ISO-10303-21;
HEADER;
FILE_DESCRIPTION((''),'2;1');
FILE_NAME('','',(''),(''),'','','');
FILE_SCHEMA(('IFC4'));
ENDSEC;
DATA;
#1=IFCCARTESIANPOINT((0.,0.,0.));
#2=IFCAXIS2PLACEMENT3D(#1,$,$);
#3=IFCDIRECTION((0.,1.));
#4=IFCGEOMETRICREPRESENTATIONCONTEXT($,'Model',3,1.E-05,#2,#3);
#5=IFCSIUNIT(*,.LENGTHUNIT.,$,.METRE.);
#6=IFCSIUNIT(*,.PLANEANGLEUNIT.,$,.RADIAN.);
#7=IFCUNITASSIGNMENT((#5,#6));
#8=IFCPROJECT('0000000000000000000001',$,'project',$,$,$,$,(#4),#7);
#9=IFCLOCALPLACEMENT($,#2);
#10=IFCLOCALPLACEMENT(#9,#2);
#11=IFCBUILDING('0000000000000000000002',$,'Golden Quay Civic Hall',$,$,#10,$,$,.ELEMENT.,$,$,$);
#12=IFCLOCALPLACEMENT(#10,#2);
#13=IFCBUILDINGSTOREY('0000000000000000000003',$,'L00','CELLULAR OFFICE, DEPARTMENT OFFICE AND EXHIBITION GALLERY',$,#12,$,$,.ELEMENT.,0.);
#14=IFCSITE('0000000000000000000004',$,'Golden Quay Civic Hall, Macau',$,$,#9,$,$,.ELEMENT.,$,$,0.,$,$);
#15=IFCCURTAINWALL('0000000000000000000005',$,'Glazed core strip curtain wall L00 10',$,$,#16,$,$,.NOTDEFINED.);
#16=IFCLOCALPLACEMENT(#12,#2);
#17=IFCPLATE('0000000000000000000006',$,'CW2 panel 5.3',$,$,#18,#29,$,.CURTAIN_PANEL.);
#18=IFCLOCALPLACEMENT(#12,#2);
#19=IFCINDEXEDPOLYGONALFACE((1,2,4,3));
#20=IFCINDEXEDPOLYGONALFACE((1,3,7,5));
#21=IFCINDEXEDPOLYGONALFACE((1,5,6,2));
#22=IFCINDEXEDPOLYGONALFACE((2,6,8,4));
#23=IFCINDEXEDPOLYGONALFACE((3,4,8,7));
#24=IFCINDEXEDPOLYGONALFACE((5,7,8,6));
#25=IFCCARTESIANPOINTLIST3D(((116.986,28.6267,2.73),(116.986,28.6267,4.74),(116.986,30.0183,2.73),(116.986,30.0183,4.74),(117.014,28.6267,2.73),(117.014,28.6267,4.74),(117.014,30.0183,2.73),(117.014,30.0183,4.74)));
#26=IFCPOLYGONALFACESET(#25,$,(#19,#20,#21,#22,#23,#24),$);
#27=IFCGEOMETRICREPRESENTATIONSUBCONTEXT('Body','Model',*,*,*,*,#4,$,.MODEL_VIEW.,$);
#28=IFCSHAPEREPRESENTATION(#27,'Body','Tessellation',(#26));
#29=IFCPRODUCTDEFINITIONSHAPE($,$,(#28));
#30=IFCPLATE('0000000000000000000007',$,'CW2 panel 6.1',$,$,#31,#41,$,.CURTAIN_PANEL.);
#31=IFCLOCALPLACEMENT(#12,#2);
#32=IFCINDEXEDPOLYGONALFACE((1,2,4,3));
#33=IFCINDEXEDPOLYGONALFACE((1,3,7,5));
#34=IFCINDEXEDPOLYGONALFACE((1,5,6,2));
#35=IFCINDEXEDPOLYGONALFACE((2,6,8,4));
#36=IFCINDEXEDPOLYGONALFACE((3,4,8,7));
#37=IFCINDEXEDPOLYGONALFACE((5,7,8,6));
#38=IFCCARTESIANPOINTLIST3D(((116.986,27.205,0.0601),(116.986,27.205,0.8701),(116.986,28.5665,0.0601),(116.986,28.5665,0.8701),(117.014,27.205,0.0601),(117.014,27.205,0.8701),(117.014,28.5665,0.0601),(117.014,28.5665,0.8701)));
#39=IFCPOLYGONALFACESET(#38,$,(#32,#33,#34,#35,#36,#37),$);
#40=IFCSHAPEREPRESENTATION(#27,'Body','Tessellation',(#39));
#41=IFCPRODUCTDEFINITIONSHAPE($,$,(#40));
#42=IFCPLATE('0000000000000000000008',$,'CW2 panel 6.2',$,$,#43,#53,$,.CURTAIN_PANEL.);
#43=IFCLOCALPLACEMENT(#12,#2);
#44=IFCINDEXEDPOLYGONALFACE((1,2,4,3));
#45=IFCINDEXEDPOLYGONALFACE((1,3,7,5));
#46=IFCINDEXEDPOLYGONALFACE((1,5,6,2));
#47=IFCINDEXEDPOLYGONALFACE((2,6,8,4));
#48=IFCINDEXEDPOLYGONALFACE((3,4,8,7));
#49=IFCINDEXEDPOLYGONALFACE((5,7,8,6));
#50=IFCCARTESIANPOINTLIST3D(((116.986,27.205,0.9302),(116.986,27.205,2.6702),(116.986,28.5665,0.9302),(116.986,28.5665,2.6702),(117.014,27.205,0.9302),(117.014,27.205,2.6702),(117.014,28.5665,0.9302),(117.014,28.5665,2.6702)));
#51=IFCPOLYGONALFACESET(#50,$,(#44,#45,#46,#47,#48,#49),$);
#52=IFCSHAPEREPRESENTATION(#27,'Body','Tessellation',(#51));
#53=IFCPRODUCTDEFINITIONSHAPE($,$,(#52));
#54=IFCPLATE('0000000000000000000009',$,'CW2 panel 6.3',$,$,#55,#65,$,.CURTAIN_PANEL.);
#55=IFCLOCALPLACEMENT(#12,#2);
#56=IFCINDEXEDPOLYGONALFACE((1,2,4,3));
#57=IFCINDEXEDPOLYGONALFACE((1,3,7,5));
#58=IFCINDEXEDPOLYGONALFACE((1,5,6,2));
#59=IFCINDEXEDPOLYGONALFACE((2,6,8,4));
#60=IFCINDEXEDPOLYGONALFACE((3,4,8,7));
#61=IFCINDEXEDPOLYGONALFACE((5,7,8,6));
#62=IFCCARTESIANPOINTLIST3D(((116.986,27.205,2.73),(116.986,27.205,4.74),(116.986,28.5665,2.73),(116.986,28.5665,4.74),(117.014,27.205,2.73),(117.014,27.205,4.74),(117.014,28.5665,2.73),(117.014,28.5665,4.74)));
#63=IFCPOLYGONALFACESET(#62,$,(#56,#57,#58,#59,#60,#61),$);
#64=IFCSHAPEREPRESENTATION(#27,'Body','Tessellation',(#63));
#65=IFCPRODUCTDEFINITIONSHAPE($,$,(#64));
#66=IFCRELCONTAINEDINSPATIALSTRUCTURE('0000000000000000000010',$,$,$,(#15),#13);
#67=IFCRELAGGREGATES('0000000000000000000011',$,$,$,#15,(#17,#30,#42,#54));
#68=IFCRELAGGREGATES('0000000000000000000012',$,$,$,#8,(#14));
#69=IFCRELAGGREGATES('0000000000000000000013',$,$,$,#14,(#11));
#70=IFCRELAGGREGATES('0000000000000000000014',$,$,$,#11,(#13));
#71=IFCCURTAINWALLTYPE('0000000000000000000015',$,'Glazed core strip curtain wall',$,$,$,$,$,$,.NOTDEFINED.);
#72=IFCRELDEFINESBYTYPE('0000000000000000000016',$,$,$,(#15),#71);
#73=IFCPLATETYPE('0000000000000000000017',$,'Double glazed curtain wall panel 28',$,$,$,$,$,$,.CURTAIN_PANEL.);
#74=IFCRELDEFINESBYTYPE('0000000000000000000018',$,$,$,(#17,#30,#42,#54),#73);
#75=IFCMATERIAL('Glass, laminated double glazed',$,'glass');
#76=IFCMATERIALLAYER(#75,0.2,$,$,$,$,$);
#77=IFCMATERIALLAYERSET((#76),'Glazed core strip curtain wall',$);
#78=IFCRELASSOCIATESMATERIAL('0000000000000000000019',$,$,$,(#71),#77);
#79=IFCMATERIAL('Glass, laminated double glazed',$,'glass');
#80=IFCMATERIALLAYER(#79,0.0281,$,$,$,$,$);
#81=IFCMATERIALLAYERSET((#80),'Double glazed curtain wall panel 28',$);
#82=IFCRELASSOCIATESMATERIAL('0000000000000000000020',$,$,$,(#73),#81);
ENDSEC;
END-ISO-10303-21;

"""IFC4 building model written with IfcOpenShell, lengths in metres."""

from ifc_helpers import new_model, si_unit, direction, frame, origin, origin_2d, place, context, subcontext, project, spatial, rectangle, extrude, material, layer, layer_set, type_object, element, aggregate, save


model = new_model("IFC4")

# Units and contexts
model_context = context("Model", 3, precision=1e-05, world=origin(), true_north=direction((0.0, 1.0)))
body_context = subcontext(model_context, "Body", "Model", "MODEL_VIEW")
ifc_project = project(units=[si_unit("LENGTHUNIT", "METRE"), si_unit("PLANEANGLEUNIT", "RADIAN")], contexts=[model_context])

# Site, building, storey
site_placement = place(None, origin())
site = spatial("IfcSite", under=ifc_project, at=site_placement, Name="Golden Quay Civic Hall, Macau", CompositionType="ELEMENT", RefElevation=0.0)
building_placement = place(site_placement, origin())
building = spatial("IfcBuilding", under=site, at=building_placement, Name="Golden Quay Civic Hall", CompositionType="ELEMENT")
storey_placement = place(building_placement, origin())
storey = spatial("IfcBuildingStorey", under=building, at=storey_placement, Name="L00", Description="CELLULAR OFFICE, DEPARTMENT OFFICE AND EXHIBITION GALLERY", CompositionType="ELEMENT", Elevation=0.0)

# Shared definitions
ifc_material_1 = material(Name="Glass, laminated double glazed", Category="glass")
ifc_layer_1 = layer(ifc_material_1, 0.2)
ifc_layer_set_1 = layer_set([ifc_layer_1], Name="Glazed core strip curtain wall")
curtain_wall_type = type_object("IfcCurtainWallType", Name="Glazed core strip curtain wall", PredefinedType="NOTDEFINED", material=ifc_layer_set_1)

# Curtain wall, plates
curtain_wall_1_placement = place(storey_placement, origin())
curtain_wall_1 = element("IfcCurtainWall", 1, at=curtain_wall_1_placement, inside=storey, type_object=curtain_wall_type, Name="Glazed core strip curtain wall L00 10", PredefinedType="NOTDEFINED")
ifc_material_2 = material(Name="Glass, laminated double glazed", Category="glass")
ifc_layer_2 = layer(ifc_material_2, 0.0281)
ifc_layer_set_2 = layer_set([ifc_layer_2], Name="Double glazed curtain wall panel 28")
plate_type = type_object("IfcPlateType", Name="Double glazed curtain wall panel 28", PredefinedType="CURTAIN_PANEL", material=ifc_layer_set_2)
plate_1_placement = place(storey_placement, frame((117.0, 29.3225, 2.73), z_axis=(0.0, 0.0, 1.0), x_axis=(0.0, -1.0, 0.0)))
plate_1 = element("IfcPlate", 2, at=plate_1_placement, type_object=plate_type, Name="CW2 panel 5.3", PredefinedType="CURTAIN_PANEL", context=body_context, shape_type="SweptSolid", body=[
    extrude(rectangle(XDim=1.3916, YDim=0.0281, at=origin_2d()), origin(), (0.0, 0.0, 1.0), 2.01),
])
plate_2_placement = place(storey_placement, frame((117.0, 27.8857, 0.0601), z_axis=(0.0, 0.0, 1.0), x_axis=(0.0, -1.0, 0.0)))
plate_2 = element("IfcPlate", 3, at=plate_2_placement, type_object=plate_type, Name="CW2 panel 6.1", PredefinedType="CURTAIN_PANEL", context=body_context, shape_type="SweptSolid", body=[
    extrude(rectangle(XDim=1.3616, YDim=0.0281, at=origin_2d()), origin(), (0.0, 0.0, 1.0), 0.8101),
])
plate_3_placement = place(storey_placement, frame((117.0, 27.8857, 0.9302), z_axis=(0.0, 0.0, 1.0), x_axis=(0.0, -1.0, 0.0)))
plate_3 = element("IfcPlate", 4, at=plate_3_placement, type_object=plate_type, Name="CW2 panel 6.2", PredefinedType="CURTAIN_PANEL", context=body_context, shape_type="SweptSolid", body=[
    extrude(rectangle(XDim=1.3616, YDim=0.0281, at=origin_2d()), origin(), (0.0, 0.0, 1.0), 1.74),
])
plate_4_placement = place(storey_placement, frame((117.0, 27.8857, 2.73), z_axis=(0.0, 0.0, 1.0), x_axis=(0.0, -1.0, 0.0)))
plate_4 = element("IfcPlate", 5, at=plate_4_placement, type_object=plate_type, Name="CW2 panel 6.3", PredefinedType="CURTAIN_PANEL", context=body_context, shape_type="SweptSolid", body=[
    extrude(rectangle(XDim=1.3616, YDim=0.0281, at=origin_2d()), origin(), (0.0, 0.0, 1.0), 2.01),
])
aggregate(curtain_wall_1, [plate_1, plate_2, plate_3, plate_4])

save(model, "model.ifc")
